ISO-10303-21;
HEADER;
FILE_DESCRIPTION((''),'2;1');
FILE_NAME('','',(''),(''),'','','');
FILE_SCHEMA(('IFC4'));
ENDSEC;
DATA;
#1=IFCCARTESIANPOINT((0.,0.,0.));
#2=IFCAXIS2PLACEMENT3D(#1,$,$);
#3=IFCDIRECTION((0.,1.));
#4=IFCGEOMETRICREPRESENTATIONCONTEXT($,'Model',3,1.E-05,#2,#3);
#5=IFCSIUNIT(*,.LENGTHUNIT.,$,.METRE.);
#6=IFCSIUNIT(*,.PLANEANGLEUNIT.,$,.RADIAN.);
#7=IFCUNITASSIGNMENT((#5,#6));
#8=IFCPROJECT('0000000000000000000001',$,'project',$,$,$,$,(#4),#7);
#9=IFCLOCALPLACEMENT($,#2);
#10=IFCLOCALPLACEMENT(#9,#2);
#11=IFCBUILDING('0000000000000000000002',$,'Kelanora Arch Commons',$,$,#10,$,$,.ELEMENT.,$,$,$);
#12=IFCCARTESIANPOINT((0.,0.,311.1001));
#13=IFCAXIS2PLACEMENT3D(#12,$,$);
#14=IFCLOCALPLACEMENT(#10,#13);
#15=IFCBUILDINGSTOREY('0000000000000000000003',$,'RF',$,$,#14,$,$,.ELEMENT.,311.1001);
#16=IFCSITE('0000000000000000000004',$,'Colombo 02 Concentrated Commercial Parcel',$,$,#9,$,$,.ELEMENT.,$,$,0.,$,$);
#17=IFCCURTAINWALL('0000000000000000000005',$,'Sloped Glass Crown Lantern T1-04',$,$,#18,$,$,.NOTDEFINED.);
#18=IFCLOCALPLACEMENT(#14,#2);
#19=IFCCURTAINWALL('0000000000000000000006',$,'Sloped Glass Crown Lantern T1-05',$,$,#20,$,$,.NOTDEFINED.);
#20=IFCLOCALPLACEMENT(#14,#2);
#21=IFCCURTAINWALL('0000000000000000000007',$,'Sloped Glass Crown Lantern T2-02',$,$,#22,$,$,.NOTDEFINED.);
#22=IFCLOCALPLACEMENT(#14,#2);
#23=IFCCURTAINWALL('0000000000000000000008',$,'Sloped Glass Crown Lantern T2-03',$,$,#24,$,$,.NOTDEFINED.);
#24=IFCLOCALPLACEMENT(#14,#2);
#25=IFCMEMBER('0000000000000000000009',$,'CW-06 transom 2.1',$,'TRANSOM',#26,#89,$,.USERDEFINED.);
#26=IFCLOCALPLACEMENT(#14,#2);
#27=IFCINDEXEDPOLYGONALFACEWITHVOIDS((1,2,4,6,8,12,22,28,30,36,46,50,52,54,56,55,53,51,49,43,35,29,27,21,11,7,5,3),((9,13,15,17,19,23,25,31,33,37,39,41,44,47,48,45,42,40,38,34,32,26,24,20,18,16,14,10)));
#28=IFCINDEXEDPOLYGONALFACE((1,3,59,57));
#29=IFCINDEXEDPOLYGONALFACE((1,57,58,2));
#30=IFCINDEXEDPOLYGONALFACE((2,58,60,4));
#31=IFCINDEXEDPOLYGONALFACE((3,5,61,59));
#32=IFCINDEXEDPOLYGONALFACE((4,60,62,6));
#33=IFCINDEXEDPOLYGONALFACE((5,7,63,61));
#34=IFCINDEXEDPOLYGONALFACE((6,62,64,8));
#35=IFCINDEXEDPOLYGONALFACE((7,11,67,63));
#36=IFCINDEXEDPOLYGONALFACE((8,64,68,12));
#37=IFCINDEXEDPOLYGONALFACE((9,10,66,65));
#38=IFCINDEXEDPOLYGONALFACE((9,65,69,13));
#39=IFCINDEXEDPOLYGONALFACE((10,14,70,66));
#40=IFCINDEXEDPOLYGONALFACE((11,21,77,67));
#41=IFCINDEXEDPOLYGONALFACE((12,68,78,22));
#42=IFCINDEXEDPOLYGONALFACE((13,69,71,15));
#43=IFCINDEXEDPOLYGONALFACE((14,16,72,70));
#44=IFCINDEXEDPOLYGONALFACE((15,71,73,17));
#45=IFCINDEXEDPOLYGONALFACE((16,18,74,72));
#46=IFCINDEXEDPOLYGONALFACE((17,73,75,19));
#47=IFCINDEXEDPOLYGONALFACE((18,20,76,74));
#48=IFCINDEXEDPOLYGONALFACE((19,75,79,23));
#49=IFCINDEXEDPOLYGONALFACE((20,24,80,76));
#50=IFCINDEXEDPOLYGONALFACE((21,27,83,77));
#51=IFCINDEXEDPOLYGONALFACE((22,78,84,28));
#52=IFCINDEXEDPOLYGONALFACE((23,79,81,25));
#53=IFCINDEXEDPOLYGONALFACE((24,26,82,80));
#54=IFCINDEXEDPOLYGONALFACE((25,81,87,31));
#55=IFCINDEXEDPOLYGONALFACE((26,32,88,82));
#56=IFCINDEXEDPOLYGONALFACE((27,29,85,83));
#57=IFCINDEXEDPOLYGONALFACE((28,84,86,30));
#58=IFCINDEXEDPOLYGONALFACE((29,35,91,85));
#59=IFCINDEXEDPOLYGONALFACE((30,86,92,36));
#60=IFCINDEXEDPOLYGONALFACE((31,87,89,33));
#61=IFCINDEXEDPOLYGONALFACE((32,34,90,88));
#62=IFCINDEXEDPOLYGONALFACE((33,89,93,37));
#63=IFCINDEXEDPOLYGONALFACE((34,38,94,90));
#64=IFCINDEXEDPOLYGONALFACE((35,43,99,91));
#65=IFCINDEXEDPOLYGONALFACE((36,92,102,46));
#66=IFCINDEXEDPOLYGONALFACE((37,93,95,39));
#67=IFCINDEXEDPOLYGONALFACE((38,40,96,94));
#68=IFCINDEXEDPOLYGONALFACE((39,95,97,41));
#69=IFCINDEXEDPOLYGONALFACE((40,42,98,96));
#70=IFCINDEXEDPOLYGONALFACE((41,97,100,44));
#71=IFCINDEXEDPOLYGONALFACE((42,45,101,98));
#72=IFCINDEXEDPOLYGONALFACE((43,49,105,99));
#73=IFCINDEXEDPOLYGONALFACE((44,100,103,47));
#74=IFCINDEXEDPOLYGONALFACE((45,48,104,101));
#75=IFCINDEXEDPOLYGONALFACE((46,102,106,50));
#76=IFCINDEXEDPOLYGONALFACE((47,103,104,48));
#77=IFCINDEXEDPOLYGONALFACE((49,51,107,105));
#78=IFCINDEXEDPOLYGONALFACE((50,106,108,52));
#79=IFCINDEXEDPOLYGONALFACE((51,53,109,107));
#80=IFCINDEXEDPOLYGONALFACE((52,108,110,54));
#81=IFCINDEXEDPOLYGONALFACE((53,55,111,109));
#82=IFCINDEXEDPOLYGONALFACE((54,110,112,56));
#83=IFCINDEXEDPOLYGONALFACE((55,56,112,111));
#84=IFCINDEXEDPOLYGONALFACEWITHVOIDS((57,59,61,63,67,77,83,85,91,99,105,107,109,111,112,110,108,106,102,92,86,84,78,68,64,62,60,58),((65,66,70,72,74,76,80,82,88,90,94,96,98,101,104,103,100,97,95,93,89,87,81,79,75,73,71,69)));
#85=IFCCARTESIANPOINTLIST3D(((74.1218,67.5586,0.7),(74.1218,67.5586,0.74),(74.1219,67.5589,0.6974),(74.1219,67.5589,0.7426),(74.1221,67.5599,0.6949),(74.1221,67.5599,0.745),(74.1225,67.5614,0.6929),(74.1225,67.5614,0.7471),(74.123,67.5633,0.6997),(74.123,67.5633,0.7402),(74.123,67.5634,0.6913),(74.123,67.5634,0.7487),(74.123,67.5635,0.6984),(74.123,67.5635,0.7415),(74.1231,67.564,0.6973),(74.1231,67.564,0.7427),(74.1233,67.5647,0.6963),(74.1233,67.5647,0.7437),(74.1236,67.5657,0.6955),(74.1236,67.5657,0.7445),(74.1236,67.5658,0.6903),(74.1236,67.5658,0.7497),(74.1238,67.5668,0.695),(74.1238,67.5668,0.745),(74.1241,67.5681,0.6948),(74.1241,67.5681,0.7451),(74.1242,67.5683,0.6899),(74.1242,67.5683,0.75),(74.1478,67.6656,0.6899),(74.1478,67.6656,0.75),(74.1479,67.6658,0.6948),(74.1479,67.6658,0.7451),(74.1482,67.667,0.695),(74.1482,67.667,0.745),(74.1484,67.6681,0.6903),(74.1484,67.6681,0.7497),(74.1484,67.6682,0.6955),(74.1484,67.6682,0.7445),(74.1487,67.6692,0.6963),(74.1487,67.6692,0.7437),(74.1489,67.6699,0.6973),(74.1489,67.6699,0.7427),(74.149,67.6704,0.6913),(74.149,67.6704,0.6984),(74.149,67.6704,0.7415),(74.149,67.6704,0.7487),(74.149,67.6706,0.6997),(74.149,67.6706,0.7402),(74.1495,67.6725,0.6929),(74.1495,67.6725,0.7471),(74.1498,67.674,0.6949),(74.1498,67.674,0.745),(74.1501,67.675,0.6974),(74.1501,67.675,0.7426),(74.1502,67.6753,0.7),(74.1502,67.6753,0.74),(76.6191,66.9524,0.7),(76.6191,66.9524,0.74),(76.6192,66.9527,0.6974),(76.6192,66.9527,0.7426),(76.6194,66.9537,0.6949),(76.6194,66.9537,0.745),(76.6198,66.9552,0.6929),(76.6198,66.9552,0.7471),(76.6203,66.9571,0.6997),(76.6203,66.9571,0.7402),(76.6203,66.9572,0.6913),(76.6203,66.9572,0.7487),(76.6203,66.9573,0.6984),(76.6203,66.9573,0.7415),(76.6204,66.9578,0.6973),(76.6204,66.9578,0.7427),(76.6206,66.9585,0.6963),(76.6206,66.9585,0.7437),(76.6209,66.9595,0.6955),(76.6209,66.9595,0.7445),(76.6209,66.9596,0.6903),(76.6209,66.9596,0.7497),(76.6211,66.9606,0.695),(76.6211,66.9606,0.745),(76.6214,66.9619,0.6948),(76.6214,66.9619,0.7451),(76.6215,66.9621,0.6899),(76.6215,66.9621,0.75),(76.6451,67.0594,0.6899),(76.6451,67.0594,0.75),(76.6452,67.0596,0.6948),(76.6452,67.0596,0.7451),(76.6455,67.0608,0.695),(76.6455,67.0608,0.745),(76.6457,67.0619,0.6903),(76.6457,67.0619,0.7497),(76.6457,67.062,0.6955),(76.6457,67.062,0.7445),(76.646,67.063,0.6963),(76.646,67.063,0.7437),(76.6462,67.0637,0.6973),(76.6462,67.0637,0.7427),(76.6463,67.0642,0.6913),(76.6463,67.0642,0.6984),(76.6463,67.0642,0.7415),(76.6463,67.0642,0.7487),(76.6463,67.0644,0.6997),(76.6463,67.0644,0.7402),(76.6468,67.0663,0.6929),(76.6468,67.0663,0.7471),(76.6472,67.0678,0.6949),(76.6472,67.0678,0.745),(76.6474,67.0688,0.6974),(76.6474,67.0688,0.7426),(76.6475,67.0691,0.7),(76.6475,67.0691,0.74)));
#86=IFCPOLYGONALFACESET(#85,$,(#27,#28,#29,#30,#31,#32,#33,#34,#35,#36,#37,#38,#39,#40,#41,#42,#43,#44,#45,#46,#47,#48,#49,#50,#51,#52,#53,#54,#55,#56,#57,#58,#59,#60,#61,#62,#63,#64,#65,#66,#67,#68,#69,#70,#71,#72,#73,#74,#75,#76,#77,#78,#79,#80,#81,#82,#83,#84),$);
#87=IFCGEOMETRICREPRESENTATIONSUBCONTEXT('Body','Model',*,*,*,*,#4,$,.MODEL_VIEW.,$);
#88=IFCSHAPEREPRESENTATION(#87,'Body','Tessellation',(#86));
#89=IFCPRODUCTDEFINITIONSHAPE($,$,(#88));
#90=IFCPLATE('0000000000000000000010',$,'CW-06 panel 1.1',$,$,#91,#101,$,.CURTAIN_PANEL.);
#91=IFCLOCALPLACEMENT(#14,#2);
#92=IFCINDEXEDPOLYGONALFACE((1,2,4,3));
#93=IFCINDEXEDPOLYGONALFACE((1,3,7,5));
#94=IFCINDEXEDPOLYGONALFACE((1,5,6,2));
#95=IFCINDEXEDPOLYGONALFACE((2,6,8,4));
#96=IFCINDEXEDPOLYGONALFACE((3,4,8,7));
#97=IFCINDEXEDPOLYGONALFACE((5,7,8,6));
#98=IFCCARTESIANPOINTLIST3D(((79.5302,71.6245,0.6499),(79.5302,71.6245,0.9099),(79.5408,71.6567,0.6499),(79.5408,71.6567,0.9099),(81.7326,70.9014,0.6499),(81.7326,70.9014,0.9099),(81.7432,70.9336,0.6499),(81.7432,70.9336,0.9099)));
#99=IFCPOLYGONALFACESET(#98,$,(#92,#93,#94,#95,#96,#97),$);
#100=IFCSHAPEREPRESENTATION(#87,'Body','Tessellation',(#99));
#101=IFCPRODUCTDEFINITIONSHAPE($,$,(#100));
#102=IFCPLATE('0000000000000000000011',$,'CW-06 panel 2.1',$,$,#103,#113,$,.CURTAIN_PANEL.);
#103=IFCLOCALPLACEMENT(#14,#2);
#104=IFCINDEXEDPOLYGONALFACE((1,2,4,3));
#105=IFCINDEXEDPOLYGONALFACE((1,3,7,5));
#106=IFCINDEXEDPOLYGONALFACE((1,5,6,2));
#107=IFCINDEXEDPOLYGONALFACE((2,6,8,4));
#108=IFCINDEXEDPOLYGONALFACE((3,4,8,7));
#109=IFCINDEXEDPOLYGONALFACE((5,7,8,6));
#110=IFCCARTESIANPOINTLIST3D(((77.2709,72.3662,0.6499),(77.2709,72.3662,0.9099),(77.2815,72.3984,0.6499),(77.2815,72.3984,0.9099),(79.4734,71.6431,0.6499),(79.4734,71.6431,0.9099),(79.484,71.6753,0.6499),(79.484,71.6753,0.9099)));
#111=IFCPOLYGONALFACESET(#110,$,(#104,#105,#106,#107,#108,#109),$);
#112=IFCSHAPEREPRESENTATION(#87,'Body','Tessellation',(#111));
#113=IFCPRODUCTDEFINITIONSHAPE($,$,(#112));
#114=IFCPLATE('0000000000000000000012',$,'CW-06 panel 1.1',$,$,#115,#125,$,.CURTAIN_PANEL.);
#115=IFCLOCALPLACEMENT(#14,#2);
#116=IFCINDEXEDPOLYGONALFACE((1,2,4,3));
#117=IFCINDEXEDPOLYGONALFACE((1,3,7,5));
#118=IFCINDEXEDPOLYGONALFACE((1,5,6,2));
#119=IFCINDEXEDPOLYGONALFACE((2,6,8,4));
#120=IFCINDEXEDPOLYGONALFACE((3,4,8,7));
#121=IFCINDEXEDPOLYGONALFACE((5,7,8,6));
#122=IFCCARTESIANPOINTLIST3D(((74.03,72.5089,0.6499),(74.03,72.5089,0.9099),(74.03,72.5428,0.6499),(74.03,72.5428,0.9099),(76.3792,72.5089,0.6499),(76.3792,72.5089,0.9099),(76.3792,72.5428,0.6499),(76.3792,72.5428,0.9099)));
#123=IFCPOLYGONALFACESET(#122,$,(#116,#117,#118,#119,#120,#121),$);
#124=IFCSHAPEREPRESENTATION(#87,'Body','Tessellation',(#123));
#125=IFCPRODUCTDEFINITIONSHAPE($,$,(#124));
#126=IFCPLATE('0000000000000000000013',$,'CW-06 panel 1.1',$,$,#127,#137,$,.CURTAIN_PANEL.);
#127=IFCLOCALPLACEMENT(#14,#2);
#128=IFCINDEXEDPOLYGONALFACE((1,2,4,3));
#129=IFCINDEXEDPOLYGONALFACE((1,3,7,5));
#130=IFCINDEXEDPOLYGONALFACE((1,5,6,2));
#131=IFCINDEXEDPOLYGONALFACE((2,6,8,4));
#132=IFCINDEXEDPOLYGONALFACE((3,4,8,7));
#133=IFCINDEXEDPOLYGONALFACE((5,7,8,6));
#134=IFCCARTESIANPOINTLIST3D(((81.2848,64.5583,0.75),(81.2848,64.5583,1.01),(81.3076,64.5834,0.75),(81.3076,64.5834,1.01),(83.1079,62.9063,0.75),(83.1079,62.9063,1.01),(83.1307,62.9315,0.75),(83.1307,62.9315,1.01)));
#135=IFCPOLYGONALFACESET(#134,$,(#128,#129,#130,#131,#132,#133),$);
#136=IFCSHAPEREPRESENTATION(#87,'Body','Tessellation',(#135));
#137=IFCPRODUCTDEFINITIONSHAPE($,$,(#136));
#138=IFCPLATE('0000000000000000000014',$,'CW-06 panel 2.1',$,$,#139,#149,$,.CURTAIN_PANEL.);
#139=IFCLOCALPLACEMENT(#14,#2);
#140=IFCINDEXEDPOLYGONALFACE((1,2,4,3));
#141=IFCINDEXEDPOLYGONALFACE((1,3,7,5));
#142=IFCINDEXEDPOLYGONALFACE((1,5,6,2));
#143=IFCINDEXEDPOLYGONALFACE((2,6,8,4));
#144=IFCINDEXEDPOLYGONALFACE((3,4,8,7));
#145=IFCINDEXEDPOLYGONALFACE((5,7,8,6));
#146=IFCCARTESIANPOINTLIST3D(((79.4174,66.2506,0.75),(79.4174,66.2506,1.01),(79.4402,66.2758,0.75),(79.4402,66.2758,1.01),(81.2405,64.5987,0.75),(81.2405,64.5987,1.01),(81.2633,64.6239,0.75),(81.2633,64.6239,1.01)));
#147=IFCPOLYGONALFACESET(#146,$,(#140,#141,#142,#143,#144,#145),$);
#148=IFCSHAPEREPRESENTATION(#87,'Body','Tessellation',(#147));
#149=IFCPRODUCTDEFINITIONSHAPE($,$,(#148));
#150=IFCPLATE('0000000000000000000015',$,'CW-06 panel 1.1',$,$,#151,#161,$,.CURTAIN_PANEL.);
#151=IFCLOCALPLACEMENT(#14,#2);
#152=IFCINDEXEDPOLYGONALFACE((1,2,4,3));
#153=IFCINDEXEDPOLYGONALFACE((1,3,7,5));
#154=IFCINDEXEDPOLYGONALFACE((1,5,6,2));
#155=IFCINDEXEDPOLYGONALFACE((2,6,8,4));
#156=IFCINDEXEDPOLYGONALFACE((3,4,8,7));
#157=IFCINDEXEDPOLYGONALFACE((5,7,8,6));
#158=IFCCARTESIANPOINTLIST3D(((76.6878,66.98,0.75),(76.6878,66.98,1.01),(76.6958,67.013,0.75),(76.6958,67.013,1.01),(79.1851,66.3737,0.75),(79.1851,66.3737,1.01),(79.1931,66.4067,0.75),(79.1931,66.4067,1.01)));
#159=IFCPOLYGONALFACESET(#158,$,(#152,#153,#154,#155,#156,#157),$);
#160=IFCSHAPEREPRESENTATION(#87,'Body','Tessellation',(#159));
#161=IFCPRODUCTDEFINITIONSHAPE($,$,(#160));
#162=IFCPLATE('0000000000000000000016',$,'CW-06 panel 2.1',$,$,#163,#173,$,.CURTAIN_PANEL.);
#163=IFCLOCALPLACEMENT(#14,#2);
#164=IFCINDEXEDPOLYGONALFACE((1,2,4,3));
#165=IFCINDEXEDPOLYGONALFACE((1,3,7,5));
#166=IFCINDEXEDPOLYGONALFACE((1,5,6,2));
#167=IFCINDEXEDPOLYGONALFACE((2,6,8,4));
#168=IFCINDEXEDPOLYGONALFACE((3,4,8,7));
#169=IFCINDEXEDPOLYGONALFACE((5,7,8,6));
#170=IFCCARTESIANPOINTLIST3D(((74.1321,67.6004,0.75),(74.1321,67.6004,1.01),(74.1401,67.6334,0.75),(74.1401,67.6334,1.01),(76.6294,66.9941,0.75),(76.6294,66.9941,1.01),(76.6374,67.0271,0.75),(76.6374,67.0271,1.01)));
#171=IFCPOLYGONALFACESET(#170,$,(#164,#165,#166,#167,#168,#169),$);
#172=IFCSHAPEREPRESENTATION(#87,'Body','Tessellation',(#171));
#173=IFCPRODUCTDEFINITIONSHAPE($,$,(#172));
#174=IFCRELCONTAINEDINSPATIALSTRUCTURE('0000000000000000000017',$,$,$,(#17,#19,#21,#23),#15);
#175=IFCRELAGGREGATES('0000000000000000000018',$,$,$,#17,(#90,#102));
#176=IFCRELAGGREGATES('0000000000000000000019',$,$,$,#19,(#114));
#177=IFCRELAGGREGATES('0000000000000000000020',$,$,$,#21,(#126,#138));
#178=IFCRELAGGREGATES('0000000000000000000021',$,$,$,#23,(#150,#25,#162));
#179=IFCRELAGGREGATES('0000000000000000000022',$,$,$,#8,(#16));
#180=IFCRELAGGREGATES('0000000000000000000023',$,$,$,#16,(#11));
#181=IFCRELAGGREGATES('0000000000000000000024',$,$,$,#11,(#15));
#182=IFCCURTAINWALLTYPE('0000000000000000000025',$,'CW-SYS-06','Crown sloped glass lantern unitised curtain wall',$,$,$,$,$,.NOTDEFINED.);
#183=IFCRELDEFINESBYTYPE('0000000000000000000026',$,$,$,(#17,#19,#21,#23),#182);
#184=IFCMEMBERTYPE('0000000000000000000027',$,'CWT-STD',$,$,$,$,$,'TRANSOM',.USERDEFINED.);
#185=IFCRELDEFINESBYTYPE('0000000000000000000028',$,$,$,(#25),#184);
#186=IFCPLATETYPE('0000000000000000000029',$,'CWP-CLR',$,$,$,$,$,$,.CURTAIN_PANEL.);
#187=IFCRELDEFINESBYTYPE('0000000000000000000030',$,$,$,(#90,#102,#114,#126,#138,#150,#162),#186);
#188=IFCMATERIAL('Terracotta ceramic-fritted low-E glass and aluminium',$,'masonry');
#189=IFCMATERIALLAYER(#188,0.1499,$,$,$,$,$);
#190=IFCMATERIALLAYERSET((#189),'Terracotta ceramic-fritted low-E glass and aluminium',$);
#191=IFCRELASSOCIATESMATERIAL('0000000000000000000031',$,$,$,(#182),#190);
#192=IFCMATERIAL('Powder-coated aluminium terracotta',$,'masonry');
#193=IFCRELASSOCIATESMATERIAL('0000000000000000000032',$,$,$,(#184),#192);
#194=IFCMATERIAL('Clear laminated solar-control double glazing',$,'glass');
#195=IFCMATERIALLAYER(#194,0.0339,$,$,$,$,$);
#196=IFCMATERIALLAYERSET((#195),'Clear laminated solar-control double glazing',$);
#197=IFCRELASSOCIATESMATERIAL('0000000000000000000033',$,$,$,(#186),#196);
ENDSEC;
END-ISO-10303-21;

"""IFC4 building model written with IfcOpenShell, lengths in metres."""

from ifc_helpers import new_model, si_unit, direction, frame, origin, origin_2d, place, context, subcontext, project, spatial, rectangle, hollow_rectangle, extrude, source, transform, mapped, material, layer, layer_set, material_profile, profile_set, type_object, element, aggregate, save


model = new_model("IFC4")

# Units and contexts
model_context = context("Model", 3, precision=1e-05, world=origin(), true_north=direction((0.0, 1.0)))
body_context = subcontext(model_context, "Body", "Model", "MODEL_VIEW")
ifc_project = project(units=[si_unit("LENGTHUNIT", "METRE"), si_unit("PLANEANGLEUNIT", "RADIAN")], contexts=[model_context])

# Site, building, storey
site_placement = place(None, origin())
site = spatial("IfcSite", under=ifc_project, at=site_placement, Name="Colombo 02 Concentrated Commercial Parcel", CompositionType="ELEMENT", RefElevation=0.0)
building_placement = place(site_placement, origin())
building = spatial("IfcBuilding", under=site, at=building_placement, Name="Kelanora Arch Commons", CompositionType="ELEMENT")
storey_placement = place(building_placement, frame((0.0, 0.0, 311.1001)))
storey = spatial("IfcBuildingStorey", under=building, at=storey_placement, Name="RF", CompositionType="ELEMENT", Elevation=311.1001)

# Shared definitions
ifc_material_1 = material(Name="Terracotta ceramic-fritted low-E glass and aluminium", Category="masonry")
ifc_layer_1 = layer(ifc_material_1, 0.1499)
ifc_layer_set_1 = layer_set([ifc_layer_1], Name="Terracotta ceramic-fritted low-E glass and aluminium")
curtain_wall_type = type_object("IfcCurtainWallType", Name="CW-SYS-06", Description="Crown sloped glass lantern unitised curtain wall", PredefinedType="NOTDEFINED", material=ifc_layer_set_1)
ifc_material_2 = material(Name="Powder-coated aluminium terracotta", Category="masonry")

# Curtain walls
curtain_wall_1_placement = place(storey_placement, origin())
curtain_wall_1 = element("IfcCurtainWall", 1, at=curtain_wall_1_placement, inside=storey, type_object=curtain_wall_type, Name="Sloped Glass Crown Lantern T1-04", PredefinedType="NOTDEFINED")
curtain_wall_2_placement = place(storey_placement, origin())
curtain_wall_2 = element("IfcCurtainWall", 2, at=curtain_wall_2_placement, inside=storey, type_object=curtain_wall_type, Name="Sloped Glass Crown Lantern T1-05", PredefinedType="NOTDEFINED")
curtain_wall_3_placement = place(storey_placement, origin())
curtain_wall_3 = element("IfcCurtainWall", 3, at=curtain_wall_3_placement, inside=storey, type_object=curtain_wall_type, Name="Sloped Glass Crown Lantern T2-02", PredefinedType="NOTDEFINED")
curtain_wall_4_placement = place(storey_placement, origin())
curtain_wall_4 = element("IfcCurtainWall", 4, at=curtain_wall_4_placement, inside=storey, type_object=curtain_wall_type, Name="Sloped Glass Crown Lantern T2-03", PredefinedType="NOTDEFINED")

# Member
ifc_material_profile_1 = material_profile(ifc_material_2, hollow_rectangle(XDim=0.1201, YDim=0.0601, WallThickness=0.0049, InnerFilletRadius=0.0049, OuterFilletRadius=0.01, at=origin_2d()), Name="CWT120x60")
ifc_profile_set_1 = profile_set([ifc_material_profile_1], Name="Powder-coated aluminium terracotta")
member_type_1 = type_object("IfcMemberType", Name="CWT-STD", ElementType="TRANSOM", PredefinedType="USERDEFINED", material=ifc_profile_set_1)
member_1_placement = place(storey_placement, frame((76.6333, 67.0107, 0.72), z_axis=(-0.97178, 0.235891, 0.0), x_axis=(-0.235891, -0.97178, 0.0)))
member_1 = element("IfcMember", 5, at=member_1_placement, type_object=member_type_1, Name="CW-06 transom 2.1", ObjectType="TRANSOM", PredefinedType="USERDEFINED", context=body_context, shape_type="SweptSolid", body=[
    extrude(hollow_rectangle(XDim=0.1201, YDim=0.0601, WallThickness=0.0049, InnerFilletRadius=0.0049, OuterFilletRadius=0.01, at=origin_2d()), origin(), (0.0, 0.0, 1.0), 2.5698),
])

# Plates
ifc_material_3 = material(Name="Clear laminated solar-control double glazing", Category="glass")
ifc_layer_2 = layer(ifc_material_3, 0.0339)
ifc_layer_set_2 = layer_set([ifc_layer_2], Name="Clear laminated solar-control double glazing")
plate_type = type_object("IfcPlateType", Name="CWP-CLR", PredefinedType="CURTAIN_PANEL", material=ifc_layer_set_2)
shared_shape_1 = source(origin(), body_context, "Body", "SweptSolid", [
    extrude(rectangle(XDim=2.3181, YDim=0.0339, at=origin_2d()), origin(), (0.0, 0.0, 1.0), 0.26),
])
plate_1_placement = place(storey_placement, frame((80.6367, 71.2791, 0.6499), z_axis=(0.0, 0.0, 1.0), x_axis=(-0.9501, 0.311945, 0.0)))
plate_1 = element("IfcPlate", 6, at=plate_1_placement, type_object=plate_type, Name="CW-06 panel 1.1", PredefinedType="CURTAIN_PANEL", context=body_context, shape_type="MappedRepresentation", body=[
    mapped(shared_shape_1, transform((0.0, 0.0, 0.0), scale=1.0)),
])
plate_2_placement = place(storey_placement, frame((78.3774, 72.0208, 0.6499), z_axis=(0.0, 0.0, 1.0), x_axis=(-0.9501, 0.311945, 0.0)))
plate_2 = element("IfcPlate", 7, at=plate_2_placement, type_object=plate_type, Name="CW-06 panel 2.1", PredefinedType="CURTAIN_PANEL", context=body_context, shape_type="MappedRepresentation", body=[
    mapped(shared_shape_1, transform((0.0, 0.0, 0.0), scale=1.0)),
])
aggregate(curtain_wall_1, [plate_1, plate_2])
shared_shape_2 = source(origin(), body_context, "Body", "SweptSolid", [
    extrude(rectangle(XDim=2.3491, YDim=0.0339, at=origin_2d()), origin(), (0.0, 0.0, 1.0), 0.26),
])
plate_3_placement = place(storey_placement, frame((75.2046, 72.5259, 0.6499), z_axis=(0.0, 0.0, 1.0), x_axis=(-1.0, 0.0, 0.0)))
plate_3 = element("IfcPlate", 8, at=plate_3_placement, type_object=plate_type, Name="CW-06 panel 1.1", PredefinedType="CURTAIN_PANEL", context=body_context, shape_type="MappedRepresentation", body=[
    mapped(shared_shape_2, transform((0.0, 0.0, 0.0), scale=1.0)),
])
aggregate(curtain_wall_2, [plate_3])
shared_shape_3 = source(origin(), body_context, "Body", "SweptSolid", [
    extrude(rectangle(XDim=2.4602, YDim=0.0339, at=origin_2d()), origin(), (0.0, 0.0, 1.0), 0.26),
])
plate_4_placement = place(storey_placement, frame((82.2078, 63.7449, 0.75), z_axis=(0.0, 0.0, 1.0), x_axis=(-0.741042, 0.671459, 0.0)))
plate_4 = element("IfcPlate", 9, at=plate_4_placement, type_object=plate_type, Name="CW-06 panel 1.1", PredefinedType="CURTAIN_PANEL", context=body_context, shape_type="MappedRepresentation", body=[
    mapped(shared_shape_3, transform((0.0, 0.0, 0.0), scale=1.0)),
])
plate_5_placement = place(storey_placement, frame((80.3403, 65.4373, 0.75), z_axis=(0.0, 0.0, 1.0), x_axis=(-0.741042, 0.671459, 0.0)))
plate_5 = element("IfcPlate", 10, at=plate_5_placement, type_object=plate_type, Name="CW-06 panel 2.1", PredefinedType="CURTAIN_PANEL", context=body_context, shape_type="MappedRepresentation", body=[
    mapped(shared_shape_3, transform((0.0, 0.0, 0.0), scale=1.0)),
])
aggregate(curtain_wall_3, [plate_4, plate_5])
shared_shape_4 = source(origin(), body_context, "Body", "SweptSolid", [
    extrude(rectangle(XDim=2.5698, YDim=0.0339, at=origin_2d()), origin(), (0.0, 0.0, 1.0), 0.26),
])
plate_6_placement = place(storey_placement, frame((77.9404, 66.6934, 0.75), z_axis=(0.0, 0.0, 1.0), x_axis=(-0.97177, 0.235931, 0.0)))
plate_6 = element("IfcPlate", 11, at=plate_6_placement, type_object=plate_type, Name="CW-06 panel 1.1", PredefinedType="CURTAIN_PANEL", context=body_context, shape_type="MappedRepresentation", body=[
    mapped(shared_shape_4, transform((0.0, 0.0, 0.0), scale=1.0)),
])
plate_7_placement = place(storey_placement, frame((75.3848, 67.3137, 0.75), z_axis=(0.0, 0.0, 1.0), x_axis=(-0.97177, 0.235931, 0.0)))
plate_7 = element("IfcPlate", 12, at=plate_7_placement, type_object=plate_type, Name="CW-06 panel 2.1", PredefinedType="CURTAIN_PANEL", context=body_context, shape_type="MappedRepresentation", body=[
    mapped(shared_shape_4, transform((0.0, 0.0, 0.0), scale=1.0)),
])
aggregate(curtain_wall_4, [plate_6, member_1, plate_7])

save(model, "model.ifc")
